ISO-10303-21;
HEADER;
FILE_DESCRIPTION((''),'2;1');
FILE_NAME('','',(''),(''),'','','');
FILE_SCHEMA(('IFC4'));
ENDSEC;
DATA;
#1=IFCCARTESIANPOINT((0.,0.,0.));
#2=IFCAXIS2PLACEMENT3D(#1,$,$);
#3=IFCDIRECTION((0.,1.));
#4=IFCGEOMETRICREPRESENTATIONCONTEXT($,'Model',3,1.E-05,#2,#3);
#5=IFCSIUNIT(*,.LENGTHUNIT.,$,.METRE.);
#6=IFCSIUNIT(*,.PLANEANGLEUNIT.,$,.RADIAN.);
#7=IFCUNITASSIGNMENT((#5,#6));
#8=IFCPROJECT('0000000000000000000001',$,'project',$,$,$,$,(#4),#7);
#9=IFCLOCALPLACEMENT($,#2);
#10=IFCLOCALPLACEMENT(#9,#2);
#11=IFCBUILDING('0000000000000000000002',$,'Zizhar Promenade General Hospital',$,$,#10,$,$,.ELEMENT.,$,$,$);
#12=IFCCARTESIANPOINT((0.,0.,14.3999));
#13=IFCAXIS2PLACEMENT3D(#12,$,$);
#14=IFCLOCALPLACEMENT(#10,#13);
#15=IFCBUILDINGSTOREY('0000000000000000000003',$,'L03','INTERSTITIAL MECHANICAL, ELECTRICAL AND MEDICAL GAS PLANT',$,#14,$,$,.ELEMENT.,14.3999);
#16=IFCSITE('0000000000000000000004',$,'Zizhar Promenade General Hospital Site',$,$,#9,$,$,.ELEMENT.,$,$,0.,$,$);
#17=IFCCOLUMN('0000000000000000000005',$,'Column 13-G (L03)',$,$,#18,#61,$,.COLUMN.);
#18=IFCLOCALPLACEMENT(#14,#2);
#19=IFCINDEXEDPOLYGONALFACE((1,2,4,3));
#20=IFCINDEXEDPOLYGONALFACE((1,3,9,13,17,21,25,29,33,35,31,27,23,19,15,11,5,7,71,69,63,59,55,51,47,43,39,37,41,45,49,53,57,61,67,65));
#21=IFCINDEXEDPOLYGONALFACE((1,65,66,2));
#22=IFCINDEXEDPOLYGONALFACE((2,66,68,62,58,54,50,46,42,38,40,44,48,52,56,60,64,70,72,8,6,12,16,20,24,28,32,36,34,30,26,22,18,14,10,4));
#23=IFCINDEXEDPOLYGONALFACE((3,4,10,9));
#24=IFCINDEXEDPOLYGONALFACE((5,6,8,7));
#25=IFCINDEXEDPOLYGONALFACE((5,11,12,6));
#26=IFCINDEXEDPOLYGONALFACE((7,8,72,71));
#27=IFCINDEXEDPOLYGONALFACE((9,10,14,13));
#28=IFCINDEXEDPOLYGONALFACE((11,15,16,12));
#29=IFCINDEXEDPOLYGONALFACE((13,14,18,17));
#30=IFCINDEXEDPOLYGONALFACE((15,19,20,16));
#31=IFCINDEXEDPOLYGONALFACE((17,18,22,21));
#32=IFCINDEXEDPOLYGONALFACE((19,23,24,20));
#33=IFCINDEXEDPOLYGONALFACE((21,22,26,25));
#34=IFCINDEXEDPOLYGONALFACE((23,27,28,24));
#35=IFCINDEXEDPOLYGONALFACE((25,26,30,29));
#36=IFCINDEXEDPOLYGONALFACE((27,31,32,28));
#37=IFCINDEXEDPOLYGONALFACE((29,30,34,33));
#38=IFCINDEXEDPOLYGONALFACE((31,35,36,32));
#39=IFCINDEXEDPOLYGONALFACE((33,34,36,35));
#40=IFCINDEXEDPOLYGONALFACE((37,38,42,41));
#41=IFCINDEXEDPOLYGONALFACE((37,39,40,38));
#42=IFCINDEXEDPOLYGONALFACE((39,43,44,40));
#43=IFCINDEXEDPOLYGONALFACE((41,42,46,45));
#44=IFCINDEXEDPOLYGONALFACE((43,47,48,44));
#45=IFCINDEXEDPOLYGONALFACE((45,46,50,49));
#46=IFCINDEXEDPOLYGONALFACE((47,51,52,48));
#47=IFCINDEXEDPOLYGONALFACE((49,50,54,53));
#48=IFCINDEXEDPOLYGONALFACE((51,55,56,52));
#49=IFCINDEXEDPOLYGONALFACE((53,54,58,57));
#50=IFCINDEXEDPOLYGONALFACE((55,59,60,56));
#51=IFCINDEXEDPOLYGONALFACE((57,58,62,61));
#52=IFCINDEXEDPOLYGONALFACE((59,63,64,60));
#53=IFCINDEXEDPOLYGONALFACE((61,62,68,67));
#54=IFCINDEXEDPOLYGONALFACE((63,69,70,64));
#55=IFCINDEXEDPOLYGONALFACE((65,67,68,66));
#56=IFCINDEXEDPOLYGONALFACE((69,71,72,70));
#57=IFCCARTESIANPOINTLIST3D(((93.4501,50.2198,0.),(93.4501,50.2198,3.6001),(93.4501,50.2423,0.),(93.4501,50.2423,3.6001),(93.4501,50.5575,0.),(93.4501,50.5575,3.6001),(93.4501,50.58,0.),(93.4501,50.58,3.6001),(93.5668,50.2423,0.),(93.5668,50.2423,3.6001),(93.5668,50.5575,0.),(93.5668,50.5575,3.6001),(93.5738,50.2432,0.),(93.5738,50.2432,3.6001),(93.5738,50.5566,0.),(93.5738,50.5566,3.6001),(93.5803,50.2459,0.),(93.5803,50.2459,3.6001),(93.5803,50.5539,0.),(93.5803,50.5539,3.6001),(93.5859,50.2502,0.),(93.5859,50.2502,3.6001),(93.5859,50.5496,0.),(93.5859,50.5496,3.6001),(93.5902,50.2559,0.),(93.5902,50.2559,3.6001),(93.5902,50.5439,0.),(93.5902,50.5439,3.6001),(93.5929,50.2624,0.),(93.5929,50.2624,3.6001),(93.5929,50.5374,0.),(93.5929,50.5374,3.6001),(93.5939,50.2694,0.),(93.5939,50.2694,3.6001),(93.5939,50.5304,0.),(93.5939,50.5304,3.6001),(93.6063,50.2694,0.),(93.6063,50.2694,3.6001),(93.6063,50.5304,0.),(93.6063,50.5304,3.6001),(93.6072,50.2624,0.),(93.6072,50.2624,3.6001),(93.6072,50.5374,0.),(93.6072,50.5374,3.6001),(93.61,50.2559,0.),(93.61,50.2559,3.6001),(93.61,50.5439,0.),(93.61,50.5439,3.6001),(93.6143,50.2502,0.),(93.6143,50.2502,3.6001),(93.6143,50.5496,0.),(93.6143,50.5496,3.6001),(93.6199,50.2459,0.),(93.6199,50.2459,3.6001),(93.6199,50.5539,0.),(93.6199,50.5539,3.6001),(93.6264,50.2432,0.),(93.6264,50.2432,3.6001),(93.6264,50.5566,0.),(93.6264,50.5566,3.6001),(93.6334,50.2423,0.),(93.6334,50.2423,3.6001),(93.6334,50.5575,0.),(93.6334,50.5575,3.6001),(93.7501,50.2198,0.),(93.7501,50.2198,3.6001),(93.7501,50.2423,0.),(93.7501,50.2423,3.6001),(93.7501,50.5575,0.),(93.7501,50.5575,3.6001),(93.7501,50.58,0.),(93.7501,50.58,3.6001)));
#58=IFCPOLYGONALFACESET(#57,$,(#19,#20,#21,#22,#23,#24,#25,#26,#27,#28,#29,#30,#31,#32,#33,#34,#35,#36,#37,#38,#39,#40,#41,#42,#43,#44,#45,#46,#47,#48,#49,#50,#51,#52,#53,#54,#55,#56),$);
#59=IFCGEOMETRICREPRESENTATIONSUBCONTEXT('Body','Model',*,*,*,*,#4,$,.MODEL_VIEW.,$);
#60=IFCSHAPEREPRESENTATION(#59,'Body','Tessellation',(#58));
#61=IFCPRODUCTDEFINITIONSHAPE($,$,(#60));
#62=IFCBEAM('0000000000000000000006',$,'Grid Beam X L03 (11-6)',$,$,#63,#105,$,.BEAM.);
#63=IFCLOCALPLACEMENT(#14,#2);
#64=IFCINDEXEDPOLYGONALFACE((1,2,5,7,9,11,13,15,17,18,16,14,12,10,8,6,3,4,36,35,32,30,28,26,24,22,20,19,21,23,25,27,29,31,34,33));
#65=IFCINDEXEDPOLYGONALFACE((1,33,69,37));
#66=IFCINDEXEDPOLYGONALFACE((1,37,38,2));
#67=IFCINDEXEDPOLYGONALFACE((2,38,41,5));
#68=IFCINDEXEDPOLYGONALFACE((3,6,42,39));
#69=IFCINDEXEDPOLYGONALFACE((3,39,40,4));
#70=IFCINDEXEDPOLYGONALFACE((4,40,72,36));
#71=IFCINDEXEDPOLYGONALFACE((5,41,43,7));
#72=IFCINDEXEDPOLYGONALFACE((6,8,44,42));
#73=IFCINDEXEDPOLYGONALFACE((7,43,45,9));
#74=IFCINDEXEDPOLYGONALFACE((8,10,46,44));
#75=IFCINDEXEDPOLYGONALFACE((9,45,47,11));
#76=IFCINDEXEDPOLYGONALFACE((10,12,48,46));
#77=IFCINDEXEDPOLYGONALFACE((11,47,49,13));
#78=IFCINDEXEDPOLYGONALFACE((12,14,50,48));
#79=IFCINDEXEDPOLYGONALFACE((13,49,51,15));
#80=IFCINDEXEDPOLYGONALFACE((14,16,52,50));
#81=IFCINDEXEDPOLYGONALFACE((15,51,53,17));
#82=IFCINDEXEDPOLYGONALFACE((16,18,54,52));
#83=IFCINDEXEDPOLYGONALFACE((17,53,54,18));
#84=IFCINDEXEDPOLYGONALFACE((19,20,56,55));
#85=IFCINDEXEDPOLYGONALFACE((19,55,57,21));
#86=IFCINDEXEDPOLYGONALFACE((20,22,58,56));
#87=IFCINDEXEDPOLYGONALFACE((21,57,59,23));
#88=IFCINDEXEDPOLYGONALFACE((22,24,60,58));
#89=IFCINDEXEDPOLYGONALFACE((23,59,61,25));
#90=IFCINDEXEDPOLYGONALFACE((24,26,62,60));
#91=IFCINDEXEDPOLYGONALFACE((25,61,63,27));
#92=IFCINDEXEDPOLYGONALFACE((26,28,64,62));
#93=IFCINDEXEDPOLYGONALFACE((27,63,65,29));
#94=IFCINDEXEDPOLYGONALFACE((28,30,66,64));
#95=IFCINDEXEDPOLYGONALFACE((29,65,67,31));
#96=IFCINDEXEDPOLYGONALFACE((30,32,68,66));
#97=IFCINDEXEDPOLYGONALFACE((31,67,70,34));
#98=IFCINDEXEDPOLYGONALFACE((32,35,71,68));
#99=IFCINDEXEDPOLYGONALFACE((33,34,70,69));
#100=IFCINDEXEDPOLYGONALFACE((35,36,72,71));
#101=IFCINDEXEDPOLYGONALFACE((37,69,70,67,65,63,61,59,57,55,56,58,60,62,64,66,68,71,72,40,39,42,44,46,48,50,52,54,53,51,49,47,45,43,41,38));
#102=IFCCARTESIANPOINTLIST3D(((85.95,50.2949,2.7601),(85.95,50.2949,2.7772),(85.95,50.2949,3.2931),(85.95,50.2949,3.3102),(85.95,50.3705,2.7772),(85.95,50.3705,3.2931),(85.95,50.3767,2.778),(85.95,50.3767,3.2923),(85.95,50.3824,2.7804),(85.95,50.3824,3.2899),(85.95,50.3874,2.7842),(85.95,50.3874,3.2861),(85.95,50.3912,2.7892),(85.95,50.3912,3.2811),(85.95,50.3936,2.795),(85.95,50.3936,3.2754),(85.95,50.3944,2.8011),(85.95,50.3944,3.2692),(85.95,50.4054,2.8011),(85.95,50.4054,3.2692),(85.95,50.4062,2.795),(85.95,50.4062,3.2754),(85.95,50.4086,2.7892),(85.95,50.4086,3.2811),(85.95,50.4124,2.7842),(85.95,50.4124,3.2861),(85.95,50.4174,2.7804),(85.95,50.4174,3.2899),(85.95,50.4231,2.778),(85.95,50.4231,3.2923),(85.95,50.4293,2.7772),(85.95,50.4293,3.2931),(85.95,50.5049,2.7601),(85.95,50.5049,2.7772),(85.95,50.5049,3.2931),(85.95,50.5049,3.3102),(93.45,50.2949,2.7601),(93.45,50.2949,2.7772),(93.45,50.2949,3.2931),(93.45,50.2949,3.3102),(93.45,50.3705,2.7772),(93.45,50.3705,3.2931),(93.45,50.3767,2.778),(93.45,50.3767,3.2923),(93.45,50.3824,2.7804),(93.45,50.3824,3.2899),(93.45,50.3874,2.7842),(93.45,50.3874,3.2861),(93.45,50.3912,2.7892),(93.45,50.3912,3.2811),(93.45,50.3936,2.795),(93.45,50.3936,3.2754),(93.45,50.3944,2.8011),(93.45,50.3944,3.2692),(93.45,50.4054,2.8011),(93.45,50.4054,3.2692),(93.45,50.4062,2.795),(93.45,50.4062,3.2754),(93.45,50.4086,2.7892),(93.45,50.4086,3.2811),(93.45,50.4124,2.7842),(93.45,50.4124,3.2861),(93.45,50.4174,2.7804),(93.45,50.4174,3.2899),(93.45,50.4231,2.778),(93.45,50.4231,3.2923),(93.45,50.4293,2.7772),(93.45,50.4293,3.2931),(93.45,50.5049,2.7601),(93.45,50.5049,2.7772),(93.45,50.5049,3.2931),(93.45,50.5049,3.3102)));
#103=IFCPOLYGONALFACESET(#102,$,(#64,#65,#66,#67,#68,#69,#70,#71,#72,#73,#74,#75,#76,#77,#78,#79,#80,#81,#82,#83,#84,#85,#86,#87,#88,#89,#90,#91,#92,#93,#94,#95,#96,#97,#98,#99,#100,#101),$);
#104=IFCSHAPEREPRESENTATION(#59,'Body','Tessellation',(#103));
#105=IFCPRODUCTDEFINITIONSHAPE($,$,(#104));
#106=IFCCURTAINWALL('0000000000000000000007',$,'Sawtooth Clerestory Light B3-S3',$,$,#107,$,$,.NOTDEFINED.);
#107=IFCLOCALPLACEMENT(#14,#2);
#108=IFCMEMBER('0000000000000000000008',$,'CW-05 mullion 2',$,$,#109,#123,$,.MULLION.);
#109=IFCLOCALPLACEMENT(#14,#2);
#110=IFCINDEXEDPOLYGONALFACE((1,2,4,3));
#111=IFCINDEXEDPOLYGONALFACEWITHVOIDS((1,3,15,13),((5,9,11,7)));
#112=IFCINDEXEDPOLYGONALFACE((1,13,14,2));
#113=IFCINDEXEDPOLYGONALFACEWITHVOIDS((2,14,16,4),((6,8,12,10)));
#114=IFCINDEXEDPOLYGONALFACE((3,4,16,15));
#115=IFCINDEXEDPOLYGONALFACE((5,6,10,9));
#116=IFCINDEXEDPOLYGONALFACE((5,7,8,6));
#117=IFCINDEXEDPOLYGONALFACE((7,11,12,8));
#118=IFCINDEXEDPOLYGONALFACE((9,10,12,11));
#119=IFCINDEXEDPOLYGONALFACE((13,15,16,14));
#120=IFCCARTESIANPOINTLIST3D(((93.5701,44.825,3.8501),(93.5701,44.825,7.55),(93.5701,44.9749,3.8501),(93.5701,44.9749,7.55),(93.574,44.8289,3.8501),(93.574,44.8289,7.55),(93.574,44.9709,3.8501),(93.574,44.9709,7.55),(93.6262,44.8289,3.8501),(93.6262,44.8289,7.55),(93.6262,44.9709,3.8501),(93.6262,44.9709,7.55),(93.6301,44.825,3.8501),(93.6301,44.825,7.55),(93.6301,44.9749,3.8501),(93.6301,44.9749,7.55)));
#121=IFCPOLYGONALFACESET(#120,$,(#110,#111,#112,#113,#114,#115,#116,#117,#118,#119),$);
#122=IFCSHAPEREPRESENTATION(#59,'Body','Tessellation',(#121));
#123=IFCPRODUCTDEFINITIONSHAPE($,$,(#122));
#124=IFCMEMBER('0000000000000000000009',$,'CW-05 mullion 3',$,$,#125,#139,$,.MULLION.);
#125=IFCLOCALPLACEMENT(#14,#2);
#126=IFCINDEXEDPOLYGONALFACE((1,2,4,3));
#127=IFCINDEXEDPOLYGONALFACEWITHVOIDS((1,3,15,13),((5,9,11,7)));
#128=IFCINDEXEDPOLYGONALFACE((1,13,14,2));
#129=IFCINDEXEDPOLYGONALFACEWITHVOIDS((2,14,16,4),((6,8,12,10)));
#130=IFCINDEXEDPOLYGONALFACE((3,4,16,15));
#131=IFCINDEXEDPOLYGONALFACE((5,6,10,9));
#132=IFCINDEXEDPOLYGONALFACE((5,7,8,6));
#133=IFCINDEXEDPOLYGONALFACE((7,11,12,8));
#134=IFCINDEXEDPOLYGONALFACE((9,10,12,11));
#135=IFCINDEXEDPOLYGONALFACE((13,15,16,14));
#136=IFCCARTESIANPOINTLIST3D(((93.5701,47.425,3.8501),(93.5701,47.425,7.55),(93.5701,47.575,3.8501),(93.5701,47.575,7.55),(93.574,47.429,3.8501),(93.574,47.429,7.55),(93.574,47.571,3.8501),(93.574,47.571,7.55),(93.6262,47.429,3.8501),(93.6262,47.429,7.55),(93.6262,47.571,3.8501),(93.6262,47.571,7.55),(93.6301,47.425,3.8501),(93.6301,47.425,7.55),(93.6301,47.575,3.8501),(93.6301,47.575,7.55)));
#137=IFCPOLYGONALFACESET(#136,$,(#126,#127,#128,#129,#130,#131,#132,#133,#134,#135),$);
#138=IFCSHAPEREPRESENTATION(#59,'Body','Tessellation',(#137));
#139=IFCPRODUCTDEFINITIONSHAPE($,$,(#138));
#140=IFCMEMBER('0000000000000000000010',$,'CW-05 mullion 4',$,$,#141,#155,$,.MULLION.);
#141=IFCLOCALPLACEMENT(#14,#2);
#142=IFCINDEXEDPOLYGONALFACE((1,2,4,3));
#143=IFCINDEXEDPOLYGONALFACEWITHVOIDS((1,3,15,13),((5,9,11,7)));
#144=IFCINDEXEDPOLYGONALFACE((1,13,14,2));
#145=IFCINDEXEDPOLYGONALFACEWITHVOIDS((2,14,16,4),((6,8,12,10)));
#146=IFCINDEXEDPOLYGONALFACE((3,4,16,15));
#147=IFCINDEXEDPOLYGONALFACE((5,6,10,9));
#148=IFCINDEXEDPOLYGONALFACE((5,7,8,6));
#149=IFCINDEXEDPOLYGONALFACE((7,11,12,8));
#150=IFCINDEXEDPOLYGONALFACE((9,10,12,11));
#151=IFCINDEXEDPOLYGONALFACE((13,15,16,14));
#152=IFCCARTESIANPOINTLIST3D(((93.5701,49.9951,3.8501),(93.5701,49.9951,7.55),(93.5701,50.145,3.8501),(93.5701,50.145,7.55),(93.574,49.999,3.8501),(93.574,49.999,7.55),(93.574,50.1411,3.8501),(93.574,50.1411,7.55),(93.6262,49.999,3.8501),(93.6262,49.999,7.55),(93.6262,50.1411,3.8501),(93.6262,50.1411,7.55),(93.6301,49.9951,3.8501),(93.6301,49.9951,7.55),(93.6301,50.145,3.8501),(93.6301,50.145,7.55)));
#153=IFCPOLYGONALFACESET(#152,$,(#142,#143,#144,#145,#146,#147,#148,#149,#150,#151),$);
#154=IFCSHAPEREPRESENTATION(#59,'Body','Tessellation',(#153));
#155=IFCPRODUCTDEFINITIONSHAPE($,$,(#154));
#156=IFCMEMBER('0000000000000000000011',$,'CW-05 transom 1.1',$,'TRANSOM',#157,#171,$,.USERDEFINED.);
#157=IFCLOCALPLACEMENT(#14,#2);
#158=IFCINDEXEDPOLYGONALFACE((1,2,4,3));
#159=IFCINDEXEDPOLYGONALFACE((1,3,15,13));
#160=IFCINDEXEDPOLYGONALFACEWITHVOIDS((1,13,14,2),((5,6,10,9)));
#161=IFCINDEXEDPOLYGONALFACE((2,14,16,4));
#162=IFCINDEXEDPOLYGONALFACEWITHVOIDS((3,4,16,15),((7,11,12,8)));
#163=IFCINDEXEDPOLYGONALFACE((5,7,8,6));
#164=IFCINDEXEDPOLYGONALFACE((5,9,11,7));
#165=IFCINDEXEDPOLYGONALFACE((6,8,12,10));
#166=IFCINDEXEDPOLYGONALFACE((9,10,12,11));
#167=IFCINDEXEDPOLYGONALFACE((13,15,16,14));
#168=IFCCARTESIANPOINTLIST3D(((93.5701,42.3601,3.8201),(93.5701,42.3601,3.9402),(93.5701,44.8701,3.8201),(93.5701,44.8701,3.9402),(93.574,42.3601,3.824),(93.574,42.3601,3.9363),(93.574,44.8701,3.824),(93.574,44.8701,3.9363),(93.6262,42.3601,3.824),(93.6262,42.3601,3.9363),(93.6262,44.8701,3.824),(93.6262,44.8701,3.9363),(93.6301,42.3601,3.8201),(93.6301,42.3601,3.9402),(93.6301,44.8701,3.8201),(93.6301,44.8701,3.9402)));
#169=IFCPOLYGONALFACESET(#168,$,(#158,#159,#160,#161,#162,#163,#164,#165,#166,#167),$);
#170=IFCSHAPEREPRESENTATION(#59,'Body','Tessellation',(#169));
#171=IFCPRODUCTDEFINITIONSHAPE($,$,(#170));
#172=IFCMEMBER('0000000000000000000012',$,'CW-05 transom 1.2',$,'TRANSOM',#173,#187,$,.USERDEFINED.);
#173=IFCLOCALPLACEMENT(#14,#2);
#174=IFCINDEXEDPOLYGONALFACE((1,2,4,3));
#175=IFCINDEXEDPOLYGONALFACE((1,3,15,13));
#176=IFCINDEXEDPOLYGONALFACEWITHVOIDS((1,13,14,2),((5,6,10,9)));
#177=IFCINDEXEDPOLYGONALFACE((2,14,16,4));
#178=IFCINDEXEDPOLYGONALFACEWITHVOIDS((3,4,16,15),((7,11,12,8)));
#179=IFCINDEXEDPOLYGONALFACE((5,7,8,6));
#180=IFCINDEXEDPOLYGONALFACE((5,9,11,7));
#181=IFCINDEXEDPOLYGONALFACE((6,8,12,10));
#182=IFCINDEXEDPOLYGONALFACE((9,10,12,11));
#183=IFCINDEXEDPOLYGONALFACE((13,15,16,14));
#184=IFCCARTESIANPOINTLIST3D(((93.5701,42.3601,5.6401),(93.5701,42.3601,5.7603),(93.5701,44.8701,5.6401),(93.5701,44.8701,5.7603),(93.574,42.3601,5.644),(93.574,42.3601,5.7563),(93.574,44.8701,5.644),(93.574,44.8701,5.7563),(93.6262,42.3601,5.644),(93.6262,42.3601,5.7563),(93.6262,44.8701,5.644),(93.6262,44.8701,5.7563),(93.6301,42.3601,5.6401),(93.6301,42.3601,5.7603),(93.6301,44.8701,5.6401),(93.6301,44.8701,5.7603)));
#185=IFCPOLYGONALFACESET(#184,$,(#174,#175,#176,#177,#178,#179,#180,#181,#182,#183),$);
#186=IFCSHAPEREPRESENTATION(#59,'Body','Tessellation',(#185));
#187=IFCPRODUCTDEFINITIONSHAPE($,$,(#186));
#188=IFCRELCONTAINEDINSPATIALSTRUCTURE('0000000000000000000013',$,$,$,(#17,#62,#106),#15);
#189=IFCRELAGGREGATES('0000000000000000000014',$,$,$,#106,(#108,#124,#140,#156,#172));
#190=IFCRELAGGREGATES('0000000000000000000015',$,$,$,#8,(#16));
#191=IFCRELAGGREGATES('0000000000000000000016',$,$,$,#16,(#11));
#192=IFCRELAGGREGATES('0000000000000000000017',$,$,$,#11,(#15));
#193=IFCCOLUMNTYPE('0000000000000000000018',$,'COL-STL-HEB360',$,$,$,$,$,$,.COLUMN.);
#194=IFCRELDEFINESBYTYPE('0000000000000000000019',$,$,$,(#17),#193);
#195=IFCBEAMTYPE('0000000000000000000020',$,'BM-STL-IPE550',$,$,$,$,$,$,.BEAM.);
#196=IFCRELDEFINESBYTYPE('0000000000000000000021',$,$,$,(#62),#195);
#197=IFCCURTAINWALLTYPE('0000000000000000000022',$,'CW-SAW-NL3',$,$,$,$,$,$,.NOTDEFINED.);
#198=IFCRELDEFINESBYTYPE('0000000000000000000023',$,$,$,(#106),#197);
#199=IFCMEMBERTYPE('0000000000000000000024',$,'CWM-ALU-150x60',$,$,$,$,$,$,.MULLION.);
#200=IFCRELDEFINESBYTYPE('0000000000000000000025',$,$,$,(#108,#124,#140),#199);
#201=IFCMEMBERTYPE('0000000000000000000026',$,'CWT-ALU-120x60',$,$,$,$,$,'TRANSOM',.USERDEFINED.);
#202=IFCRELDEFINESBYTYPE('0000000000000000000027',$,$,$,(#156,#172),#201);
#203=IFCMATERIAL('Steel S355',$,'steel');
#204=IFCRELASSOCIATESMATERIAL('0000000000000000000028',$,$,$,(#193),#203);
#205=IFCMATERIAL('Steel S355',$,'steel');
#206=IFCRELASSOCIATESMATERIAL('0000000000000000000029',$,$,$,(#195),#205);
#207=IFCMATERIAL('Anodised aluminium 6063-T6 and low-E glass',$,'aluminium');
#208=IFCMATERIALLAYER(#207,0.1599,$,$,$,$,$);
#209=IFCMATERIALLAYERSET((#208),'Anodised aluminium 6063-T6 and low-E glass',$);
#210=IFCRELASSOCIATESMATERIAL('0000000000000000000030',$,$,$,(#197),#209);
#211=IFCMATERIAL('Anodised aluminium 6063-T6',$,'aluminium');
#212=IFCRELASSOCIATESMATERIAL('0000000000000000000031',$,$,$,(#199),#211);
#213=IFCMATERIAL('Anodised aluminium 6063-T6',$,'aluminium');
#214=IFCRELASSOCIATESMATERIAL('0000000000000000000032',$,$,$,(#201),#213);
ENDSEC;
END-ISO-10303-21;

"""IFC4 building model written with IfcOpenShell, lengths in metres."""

from ifc_helpers import new_model, si_unit, direction, frame, origin, origin_2d, place, context, subcontext, project, spatial, hollow_rectangle, i_section, extrude, material, layer, layer_set, material_profile, profile_set, type_object, element, aggregate, save


model = new_model("IFC4")

# Units and contexts
model_context = context("Model", 3, precision=1e-05, world=origin(), true_north=direction((0.0, 1.0)))
body_context = subcontext(model_context, "Body", "Model", "MODEL_VIEW")
ifc_project = project(units=[si_unit("LENGTHUNIT", "METRE"), si_unit("PLANEANGLEUNIT", "RADIAN")], contexts=[model_context])

# Site, building, storey
site_placement = place(None, origin())
site = spatial("IfcSite", under=ifc_project, at=site_placement, Name="Zizhar Promenade General Hospital Site", CompositionType="ELEMENT", RefElevation=0.0)
building_placement = place(site_placement, origin())
building = spatial("IfcBuilding", under=site, at=building_placement, Name="Zizhar Promenade General Hospital", CompositionType="ELEMENT")
storey_placement = place(building_placement, frame((0.0, 0.0, 14.3999)))
storey = spatial("IfcBuildingStorey", under=building, at=storey_placement, Name="L03", Description="INTERSTITIAL MECHANICAL, ELECTRICAL AND MEDICAL GAS PLANT", CompositionType="ELEMENT", Elevation=14.3999)

# Column
ifc_material_1 = material(Name="Steel S355", Category="steel")
ifc_material_profile_1 = material_profile(ifc_material_1, i_section(OverallWidth=0.3, OverallDepth=0.3601, WebThickness=0.0125, FlangeThickness=0.0225, FilletRadius=0.0271, at=origin_2d()))
ifc_profile_set_1 = profile_set([ifc_material_profile_1], Name="Steel S355")
column_type = type_object("IfcColumnType", Name="COL-STL-HEB360", PredefinedType="COLUMN", material=ifc_profile_set_1)
column_placement = place(storey_placement, frame((93.6001, 50.3999, 0.0), z_axis=(0.0, 0.0, 1.0), x_axis=(1.0, 0.0, 0.0)))
element("IfcColumn", 1, at=column_placement, inside=storey, type_object=column_type, Name="Column 13-G (L03)", PredefinedType="COLUMN", context=body_context, shape_type="SweptSolid", body=[
    extrude(i_section(OverallWidth=0.3, OverallDepth=0.3601, WebThickness=0.0125, FlangeThickness=0.0225, FilletRadius=0.0271, at=origin_2d()), origin(), (0.0, 0.0, 1.0), 3.6001),
])

# Beam
ifc_material_2 = material(Name="Steel S355", Category="steel")
ifc_material_profile_2 = material_profile(ifc_material_2, i_section(OverallWidth=0.21, OverallDepth=0.55, WebThickness=0.011, FlangeThickness=0.0171, FilletRadius=0.0239, at=origin_2d()))
ifc_profile_set_2 = profile_set([ifc_material_profile_2], Name="Steel S355")
beam_type = type_object("IfcBeamType", Name="BM-STL-IPE550", PredefinedType="BEAM", material=ifc_profile_set_2)
beam_placement = place(storey_placement, frame((85.95, 50.3999, 3.0352), z_axis=(1.0, 0.0, 0.0), x_axis=(0.0, 1.0, 0.0)))
element("IfcBeam", 2, at=beam_placement, inside=storey, type_object=beam_type, Name="Grid Beam X L03 (11-6)", PredefinedType="BEAM", context=body_context, shape_type="SweptSolid", body=[
    extrude(i_section(OverallWidth=0.21, OverallDepth=0.55, WebThickness=0.011, FlangeThickness=0.0171, FilletRadius=0.0239, at=origin_2d()), origin(), (0.0, 0.0, 1.0), 7.5),
])

# Curtain wall, members
ifc_material_3 = material(Name="Anodised aluminium 6063-T6 and low-E glass", Category="aluminium")
ifc_layer_1 = layer(ifc_material_3, 0.1599)
ifc_layer_set_1 = layer_set([ifc_layer_1], Name="Anodised aluminium 6063-T6 and low-E glass")
curtain_wall_type = type_object("IfcCurtainWallType", Name="CW-SAW-NL3", PredefinedType="NOTDEFINED", material=ifc_layer_set_1)
curtain_wall_1_placement = place(storey_placement, origin())
curtain_wall_1 = element("IfcCurtainWall", 3, at=curtain_wall_1_placement, inside=storey, type_object=curtain_wall_type, Name="Sawtooth Clerestory Light B3-S3", PredefinedType="NOTDEFINED")
ifc_material_4 = material(Name="Anodised aluminium 6063-T6", Category="aluminium")
ifc_material_profile_3 = material_profile(ifc_material_4, hollow_rectangle(XDim=0.0601, YDim=0.1499, WallThickness=0.0039, at=origin_2d()))
ifc_profile_set_3 = profile_set([ifc_material_profile_3], Name="Anodised aluminium 6063-T6")
member_type_1 = type_object("IfcMemberType", Name="CWM-ALU-150x60", PredefinedType="MULLION", material=ifc_profile_set_3)
member_1_placement = place(storey_placement, frame((93.6001, 44.8999, 3.8501), z_axis=(0.0, 0.0, 1.0), x_axis=(-1.0, 0.0, 0.0)))
member_1 = element("IfcMember", 4, at=member_1_placement, type_object=member_type_1, Name="CW-05 mullion 2", PredefinedType="MULLION", context=body_context, shape_type="SweptSolid", body=[
    extrude(hollow_rectangle(XDim=0.0601, YDim=0.1499, WallThickness=0.0039, at=origin_2d()), origin(), (0.0, 0.0, 1.0), 3.7),
])
member_2_placement = place(storey_placement, frame((93.6001, 47.5, 3.8501), z_axis=(0.0, 0.0, 1.0), x_axis=(-1.0, 0.0, 0.0)))
member_2 = element("IfcMember", 5, at=member_2_placement, type_object=member_type_1, Name="CW-05 mullion 3", PredefinedType="MULLION", context=body_context, shape_type="SweptSolid", body=[
    extrude(hollow_rectangle(XDim=0.0601, YDim=0.1499, WallThickness=0.0039, at=origin_2d()), origin(), (0.0, 0.0, 1.0), 3.7),
])
member_3_placement = place(storey_placement, frame((93.6001, 50.0701, 3.8501), z_axis=(0.0, 0.0, 1.0), x_axis=(-1.0, 0.0, 0.0)))
member_3 = element("IfcMember", 6, at=member_3_placement, type_object=member_type_1, Name="CW-05 mullion 4", PredefinedType="MULLION", context=body_context, shape_type="SweptSolid", body=[
    extrude(hollow_rectangle(XDim=0.0601, YDim=0.1499, WallThickness=0.0039, at=origin_2d()), origin(), (0.0, 0.0, 1.0), 3.7),
])
ifc_material_5 = material(Name="Anodised aluminium 6063-T6", Category="aluminium")
ifc_material_profile_4 = material_profile(ifc_material_5, hollow_rectangle(XDim=0.0601, YDim=0.1201, WallThickness=0.0039, at=origin_2d()))
ifc_profile_set_4 = profile_set([ifc_material_profile_4], Name="Anodised aluminium 6063-T6")
member_type_2 = type_object("IfcMemberType", Name="CWT-ALU-120x60", ElementType="TRANSOM", PredefinedType="USERDEFINED", material=ifc_profile_set_4)
member_4_placement = place(storey_placement, frame((93.6001, 42.3601, 3.8801), z_axis=(0.0, 1.0, 0.0), x_axis=(-1.0, 0.0, 0.0)))
member_4 = element("IfcMember", 7, at=member_4_placement, type_object=member_type_2, Name="CW-05 transom 1.1", ObjectType="TRANSOM", PredefinedType="USERDEFINED", context=body_context, shape_type="SweptSolid", body=[
    extrude(hollow_rectangle(XDim=0.0601, YDim=0.1201, WallThickness=0.0039, at=origin_2d()), origin(), (0.0, 0.0, 1.0), 2.51),
])
member_5_placement = place(storey_placement, frame((93.6001, 42.3601, 5.7002), z_axis=(0.0, 1.0, 0.0), x_axis=(-1.0, 0.0, 0.0)))
member_5 = element("IfcMember", 8, at=member_5_placement, type_object=member_type_2, Name="CW-05 transom 1.2", ObjectType="TRANSOM", PredefinedType="USERDEFINED", context=body_context, shape_type="SweptSolid", body=[
    extrude(hollow_rectangle(XDim=0.0601, YDim=0.1201, WallThickness=0.0039, at=origin_2d()), origin(), (0.0, 0.0, 1.0), 2.51),
])

aggregate(curtain_wall_1, [member_1, member_2, member_3, member_4, member_5])

save(model, "model.ifc")
